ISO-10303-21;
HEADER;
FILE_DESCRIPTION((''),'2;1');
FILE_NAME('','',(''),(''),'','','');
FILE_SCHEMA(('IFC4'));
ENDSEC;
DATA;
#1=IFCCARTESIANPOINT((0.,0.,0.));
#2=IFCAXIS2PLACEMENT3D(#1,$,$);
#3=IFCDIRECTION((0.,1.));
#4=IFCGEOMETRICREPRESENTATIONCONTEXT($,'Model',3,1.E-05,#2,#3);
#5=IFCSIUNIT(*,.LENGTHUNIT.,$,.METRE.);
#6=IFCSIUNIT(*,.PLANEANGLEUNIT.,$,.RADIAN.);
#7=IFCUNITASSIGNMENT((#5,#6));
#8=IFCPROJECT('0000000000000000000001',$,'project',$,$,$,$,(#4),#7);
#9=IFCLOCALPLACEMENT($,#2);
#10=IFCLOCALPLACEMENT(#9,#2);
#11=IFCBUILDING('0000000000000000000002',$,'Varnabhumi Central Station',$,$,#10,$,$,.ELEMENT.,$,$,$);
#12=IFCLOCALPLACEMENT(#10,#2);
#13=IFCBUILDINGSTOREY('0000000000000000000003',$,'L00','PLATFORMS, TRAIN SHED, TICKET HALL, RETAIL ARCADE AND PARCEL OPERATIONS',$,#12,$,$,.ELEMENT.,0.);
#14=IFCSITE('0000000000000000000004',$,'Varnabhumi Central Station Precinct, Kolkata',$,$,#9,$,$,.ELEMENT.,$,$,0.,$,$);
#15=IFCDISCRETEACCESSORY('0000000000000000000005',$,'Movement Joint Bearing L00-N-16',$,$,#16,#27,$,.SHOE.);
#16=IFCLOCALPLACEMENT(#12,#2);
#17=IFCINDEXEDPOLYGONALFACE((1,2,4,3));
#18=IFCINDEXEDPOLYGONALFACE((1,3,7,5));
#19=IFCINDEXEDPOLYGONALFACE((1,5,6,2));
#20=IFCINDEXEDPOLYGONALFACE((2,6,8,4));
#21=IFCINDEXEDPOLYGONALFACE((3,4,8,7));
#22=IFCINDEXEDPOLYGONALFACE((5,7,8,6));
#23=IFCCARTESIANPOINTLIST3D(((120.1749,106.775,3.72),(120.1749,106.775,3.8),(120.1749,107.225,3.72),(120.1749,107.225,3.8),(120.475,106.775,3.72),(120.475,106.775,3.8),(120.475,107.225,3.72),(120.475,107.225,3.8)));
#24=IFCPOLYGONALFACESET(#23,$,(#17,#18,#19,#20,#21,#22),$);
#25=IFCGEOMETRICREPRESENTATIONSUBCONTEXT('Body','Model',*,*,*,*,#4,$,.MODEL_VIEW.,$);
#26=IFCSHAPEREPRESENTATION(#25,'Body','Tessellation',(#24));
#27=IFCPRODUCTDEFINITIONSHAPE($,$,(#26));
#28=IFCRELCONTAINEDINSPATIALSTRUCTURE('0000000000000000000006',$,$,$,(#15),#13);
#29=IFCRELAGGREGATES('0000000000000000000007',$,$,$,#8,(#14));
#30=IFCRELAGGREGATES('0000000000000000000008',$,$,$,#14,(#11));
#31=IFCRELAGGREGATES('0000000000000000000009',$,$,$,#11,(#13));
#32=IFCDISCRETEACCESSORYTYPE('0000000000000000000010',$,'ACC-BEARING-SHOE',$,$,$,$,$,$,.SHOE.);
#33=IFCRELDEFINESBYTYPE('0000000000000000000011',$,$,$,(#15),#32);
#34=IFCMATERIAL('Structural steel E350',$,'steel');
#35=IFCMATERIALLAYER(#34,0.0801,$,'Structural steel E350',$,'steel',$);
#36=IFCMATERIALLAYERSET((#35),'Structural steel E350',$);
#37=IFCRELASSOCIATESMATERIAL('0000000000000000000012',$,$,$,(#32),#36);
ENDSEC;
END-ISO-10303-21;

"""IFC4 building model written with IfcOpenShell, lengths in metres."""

from ifc_helpers import new_model, si_unit, direction, frame, origin, origin_2d, place, context, subcontext, project, spatial, rectangle, extrude, material, layer, layer_set, type_object, element, save


model = new_model("IFC4")

# Units and contexts
model_context = context("Model", 3, precision=1e-05, world=origin(), true_north=direction((0.0, 1.0)))
body_context = subcontext(model_context, "Body", "Model", "MODEL_VIEW")
ifc_project = project(units=[si_unit("LENGTHUNIT", "METRE"), si_unit("PLANEANGLEUNIT", "RADIAN")], contexts=[model_context])

# Site, building, storey
site_placement = place(None, origin())
site = spatial("IfcSite", under=ifc_project, at=site_placement, Name="Varnabhumi Central Station Precinct, Kolkata", CompositionType="ELEMENT", RefElevation=0.0)
building_placement = place(site_placement, origin())
building = spatial("IfcBuilding", under=site, at=building_placement, Name="Varnabhumi Central Station", CompositionType="ELEMENT")
storey_placement = place(building_placement, origin())
storey = spatial("IfcBuildingStorey", under=building, at=storey_placement, Name="L00", Description="PLATFORMS, TRAIN SHED, TICKET HALL, RETAIL ARCADE AND PARCEL OPERATIONS", CompositionType="ELEMENT", Elevation=0.0)

# Shared definitions
ifc_material_1 = material(Name="Structural steel E350", Category="steel")

# Discrete accessory
ifc_layer_1 = layer(ifc_material_1, 0.0801, Name="Structural steel E350", Category="steel")
ifc_layer_set_1 = layer_set([ifc_layer_1], Name="Structural steel E350")
discrete_accessory_type = type_object("IfcDiscreteAccessoryType", Name="ACC-BEARING-SHOE", PredefinedType="SHOE", material=ifc_layer_set_1)
for number, where, z_axis, x_axis, name in (
    (1, (120.325, 107.0, 3.72), (0.0, 0.0, 1.0), (1.0, 0.0, 0.0), "Movement Joint Bearing L00-N-16"),
):
    element("IfcDiscreteAccessory", number, at=place(storey_placement, frame(where, z_axis=z_axis, x_axis=x_axis)), inside=storey, type_object=discrete_accessory_type, Name=name, PredefinedType="SHOE", context=body_context, shape_type="SweptSolid", body=[
        extrude(rectangle(XDim=0.3, YDim=0.45, at=origin_2d()), origin(), (0.0, 0.0, 1.0), 0.0801),
    ])

save(model, "model.ifc")
